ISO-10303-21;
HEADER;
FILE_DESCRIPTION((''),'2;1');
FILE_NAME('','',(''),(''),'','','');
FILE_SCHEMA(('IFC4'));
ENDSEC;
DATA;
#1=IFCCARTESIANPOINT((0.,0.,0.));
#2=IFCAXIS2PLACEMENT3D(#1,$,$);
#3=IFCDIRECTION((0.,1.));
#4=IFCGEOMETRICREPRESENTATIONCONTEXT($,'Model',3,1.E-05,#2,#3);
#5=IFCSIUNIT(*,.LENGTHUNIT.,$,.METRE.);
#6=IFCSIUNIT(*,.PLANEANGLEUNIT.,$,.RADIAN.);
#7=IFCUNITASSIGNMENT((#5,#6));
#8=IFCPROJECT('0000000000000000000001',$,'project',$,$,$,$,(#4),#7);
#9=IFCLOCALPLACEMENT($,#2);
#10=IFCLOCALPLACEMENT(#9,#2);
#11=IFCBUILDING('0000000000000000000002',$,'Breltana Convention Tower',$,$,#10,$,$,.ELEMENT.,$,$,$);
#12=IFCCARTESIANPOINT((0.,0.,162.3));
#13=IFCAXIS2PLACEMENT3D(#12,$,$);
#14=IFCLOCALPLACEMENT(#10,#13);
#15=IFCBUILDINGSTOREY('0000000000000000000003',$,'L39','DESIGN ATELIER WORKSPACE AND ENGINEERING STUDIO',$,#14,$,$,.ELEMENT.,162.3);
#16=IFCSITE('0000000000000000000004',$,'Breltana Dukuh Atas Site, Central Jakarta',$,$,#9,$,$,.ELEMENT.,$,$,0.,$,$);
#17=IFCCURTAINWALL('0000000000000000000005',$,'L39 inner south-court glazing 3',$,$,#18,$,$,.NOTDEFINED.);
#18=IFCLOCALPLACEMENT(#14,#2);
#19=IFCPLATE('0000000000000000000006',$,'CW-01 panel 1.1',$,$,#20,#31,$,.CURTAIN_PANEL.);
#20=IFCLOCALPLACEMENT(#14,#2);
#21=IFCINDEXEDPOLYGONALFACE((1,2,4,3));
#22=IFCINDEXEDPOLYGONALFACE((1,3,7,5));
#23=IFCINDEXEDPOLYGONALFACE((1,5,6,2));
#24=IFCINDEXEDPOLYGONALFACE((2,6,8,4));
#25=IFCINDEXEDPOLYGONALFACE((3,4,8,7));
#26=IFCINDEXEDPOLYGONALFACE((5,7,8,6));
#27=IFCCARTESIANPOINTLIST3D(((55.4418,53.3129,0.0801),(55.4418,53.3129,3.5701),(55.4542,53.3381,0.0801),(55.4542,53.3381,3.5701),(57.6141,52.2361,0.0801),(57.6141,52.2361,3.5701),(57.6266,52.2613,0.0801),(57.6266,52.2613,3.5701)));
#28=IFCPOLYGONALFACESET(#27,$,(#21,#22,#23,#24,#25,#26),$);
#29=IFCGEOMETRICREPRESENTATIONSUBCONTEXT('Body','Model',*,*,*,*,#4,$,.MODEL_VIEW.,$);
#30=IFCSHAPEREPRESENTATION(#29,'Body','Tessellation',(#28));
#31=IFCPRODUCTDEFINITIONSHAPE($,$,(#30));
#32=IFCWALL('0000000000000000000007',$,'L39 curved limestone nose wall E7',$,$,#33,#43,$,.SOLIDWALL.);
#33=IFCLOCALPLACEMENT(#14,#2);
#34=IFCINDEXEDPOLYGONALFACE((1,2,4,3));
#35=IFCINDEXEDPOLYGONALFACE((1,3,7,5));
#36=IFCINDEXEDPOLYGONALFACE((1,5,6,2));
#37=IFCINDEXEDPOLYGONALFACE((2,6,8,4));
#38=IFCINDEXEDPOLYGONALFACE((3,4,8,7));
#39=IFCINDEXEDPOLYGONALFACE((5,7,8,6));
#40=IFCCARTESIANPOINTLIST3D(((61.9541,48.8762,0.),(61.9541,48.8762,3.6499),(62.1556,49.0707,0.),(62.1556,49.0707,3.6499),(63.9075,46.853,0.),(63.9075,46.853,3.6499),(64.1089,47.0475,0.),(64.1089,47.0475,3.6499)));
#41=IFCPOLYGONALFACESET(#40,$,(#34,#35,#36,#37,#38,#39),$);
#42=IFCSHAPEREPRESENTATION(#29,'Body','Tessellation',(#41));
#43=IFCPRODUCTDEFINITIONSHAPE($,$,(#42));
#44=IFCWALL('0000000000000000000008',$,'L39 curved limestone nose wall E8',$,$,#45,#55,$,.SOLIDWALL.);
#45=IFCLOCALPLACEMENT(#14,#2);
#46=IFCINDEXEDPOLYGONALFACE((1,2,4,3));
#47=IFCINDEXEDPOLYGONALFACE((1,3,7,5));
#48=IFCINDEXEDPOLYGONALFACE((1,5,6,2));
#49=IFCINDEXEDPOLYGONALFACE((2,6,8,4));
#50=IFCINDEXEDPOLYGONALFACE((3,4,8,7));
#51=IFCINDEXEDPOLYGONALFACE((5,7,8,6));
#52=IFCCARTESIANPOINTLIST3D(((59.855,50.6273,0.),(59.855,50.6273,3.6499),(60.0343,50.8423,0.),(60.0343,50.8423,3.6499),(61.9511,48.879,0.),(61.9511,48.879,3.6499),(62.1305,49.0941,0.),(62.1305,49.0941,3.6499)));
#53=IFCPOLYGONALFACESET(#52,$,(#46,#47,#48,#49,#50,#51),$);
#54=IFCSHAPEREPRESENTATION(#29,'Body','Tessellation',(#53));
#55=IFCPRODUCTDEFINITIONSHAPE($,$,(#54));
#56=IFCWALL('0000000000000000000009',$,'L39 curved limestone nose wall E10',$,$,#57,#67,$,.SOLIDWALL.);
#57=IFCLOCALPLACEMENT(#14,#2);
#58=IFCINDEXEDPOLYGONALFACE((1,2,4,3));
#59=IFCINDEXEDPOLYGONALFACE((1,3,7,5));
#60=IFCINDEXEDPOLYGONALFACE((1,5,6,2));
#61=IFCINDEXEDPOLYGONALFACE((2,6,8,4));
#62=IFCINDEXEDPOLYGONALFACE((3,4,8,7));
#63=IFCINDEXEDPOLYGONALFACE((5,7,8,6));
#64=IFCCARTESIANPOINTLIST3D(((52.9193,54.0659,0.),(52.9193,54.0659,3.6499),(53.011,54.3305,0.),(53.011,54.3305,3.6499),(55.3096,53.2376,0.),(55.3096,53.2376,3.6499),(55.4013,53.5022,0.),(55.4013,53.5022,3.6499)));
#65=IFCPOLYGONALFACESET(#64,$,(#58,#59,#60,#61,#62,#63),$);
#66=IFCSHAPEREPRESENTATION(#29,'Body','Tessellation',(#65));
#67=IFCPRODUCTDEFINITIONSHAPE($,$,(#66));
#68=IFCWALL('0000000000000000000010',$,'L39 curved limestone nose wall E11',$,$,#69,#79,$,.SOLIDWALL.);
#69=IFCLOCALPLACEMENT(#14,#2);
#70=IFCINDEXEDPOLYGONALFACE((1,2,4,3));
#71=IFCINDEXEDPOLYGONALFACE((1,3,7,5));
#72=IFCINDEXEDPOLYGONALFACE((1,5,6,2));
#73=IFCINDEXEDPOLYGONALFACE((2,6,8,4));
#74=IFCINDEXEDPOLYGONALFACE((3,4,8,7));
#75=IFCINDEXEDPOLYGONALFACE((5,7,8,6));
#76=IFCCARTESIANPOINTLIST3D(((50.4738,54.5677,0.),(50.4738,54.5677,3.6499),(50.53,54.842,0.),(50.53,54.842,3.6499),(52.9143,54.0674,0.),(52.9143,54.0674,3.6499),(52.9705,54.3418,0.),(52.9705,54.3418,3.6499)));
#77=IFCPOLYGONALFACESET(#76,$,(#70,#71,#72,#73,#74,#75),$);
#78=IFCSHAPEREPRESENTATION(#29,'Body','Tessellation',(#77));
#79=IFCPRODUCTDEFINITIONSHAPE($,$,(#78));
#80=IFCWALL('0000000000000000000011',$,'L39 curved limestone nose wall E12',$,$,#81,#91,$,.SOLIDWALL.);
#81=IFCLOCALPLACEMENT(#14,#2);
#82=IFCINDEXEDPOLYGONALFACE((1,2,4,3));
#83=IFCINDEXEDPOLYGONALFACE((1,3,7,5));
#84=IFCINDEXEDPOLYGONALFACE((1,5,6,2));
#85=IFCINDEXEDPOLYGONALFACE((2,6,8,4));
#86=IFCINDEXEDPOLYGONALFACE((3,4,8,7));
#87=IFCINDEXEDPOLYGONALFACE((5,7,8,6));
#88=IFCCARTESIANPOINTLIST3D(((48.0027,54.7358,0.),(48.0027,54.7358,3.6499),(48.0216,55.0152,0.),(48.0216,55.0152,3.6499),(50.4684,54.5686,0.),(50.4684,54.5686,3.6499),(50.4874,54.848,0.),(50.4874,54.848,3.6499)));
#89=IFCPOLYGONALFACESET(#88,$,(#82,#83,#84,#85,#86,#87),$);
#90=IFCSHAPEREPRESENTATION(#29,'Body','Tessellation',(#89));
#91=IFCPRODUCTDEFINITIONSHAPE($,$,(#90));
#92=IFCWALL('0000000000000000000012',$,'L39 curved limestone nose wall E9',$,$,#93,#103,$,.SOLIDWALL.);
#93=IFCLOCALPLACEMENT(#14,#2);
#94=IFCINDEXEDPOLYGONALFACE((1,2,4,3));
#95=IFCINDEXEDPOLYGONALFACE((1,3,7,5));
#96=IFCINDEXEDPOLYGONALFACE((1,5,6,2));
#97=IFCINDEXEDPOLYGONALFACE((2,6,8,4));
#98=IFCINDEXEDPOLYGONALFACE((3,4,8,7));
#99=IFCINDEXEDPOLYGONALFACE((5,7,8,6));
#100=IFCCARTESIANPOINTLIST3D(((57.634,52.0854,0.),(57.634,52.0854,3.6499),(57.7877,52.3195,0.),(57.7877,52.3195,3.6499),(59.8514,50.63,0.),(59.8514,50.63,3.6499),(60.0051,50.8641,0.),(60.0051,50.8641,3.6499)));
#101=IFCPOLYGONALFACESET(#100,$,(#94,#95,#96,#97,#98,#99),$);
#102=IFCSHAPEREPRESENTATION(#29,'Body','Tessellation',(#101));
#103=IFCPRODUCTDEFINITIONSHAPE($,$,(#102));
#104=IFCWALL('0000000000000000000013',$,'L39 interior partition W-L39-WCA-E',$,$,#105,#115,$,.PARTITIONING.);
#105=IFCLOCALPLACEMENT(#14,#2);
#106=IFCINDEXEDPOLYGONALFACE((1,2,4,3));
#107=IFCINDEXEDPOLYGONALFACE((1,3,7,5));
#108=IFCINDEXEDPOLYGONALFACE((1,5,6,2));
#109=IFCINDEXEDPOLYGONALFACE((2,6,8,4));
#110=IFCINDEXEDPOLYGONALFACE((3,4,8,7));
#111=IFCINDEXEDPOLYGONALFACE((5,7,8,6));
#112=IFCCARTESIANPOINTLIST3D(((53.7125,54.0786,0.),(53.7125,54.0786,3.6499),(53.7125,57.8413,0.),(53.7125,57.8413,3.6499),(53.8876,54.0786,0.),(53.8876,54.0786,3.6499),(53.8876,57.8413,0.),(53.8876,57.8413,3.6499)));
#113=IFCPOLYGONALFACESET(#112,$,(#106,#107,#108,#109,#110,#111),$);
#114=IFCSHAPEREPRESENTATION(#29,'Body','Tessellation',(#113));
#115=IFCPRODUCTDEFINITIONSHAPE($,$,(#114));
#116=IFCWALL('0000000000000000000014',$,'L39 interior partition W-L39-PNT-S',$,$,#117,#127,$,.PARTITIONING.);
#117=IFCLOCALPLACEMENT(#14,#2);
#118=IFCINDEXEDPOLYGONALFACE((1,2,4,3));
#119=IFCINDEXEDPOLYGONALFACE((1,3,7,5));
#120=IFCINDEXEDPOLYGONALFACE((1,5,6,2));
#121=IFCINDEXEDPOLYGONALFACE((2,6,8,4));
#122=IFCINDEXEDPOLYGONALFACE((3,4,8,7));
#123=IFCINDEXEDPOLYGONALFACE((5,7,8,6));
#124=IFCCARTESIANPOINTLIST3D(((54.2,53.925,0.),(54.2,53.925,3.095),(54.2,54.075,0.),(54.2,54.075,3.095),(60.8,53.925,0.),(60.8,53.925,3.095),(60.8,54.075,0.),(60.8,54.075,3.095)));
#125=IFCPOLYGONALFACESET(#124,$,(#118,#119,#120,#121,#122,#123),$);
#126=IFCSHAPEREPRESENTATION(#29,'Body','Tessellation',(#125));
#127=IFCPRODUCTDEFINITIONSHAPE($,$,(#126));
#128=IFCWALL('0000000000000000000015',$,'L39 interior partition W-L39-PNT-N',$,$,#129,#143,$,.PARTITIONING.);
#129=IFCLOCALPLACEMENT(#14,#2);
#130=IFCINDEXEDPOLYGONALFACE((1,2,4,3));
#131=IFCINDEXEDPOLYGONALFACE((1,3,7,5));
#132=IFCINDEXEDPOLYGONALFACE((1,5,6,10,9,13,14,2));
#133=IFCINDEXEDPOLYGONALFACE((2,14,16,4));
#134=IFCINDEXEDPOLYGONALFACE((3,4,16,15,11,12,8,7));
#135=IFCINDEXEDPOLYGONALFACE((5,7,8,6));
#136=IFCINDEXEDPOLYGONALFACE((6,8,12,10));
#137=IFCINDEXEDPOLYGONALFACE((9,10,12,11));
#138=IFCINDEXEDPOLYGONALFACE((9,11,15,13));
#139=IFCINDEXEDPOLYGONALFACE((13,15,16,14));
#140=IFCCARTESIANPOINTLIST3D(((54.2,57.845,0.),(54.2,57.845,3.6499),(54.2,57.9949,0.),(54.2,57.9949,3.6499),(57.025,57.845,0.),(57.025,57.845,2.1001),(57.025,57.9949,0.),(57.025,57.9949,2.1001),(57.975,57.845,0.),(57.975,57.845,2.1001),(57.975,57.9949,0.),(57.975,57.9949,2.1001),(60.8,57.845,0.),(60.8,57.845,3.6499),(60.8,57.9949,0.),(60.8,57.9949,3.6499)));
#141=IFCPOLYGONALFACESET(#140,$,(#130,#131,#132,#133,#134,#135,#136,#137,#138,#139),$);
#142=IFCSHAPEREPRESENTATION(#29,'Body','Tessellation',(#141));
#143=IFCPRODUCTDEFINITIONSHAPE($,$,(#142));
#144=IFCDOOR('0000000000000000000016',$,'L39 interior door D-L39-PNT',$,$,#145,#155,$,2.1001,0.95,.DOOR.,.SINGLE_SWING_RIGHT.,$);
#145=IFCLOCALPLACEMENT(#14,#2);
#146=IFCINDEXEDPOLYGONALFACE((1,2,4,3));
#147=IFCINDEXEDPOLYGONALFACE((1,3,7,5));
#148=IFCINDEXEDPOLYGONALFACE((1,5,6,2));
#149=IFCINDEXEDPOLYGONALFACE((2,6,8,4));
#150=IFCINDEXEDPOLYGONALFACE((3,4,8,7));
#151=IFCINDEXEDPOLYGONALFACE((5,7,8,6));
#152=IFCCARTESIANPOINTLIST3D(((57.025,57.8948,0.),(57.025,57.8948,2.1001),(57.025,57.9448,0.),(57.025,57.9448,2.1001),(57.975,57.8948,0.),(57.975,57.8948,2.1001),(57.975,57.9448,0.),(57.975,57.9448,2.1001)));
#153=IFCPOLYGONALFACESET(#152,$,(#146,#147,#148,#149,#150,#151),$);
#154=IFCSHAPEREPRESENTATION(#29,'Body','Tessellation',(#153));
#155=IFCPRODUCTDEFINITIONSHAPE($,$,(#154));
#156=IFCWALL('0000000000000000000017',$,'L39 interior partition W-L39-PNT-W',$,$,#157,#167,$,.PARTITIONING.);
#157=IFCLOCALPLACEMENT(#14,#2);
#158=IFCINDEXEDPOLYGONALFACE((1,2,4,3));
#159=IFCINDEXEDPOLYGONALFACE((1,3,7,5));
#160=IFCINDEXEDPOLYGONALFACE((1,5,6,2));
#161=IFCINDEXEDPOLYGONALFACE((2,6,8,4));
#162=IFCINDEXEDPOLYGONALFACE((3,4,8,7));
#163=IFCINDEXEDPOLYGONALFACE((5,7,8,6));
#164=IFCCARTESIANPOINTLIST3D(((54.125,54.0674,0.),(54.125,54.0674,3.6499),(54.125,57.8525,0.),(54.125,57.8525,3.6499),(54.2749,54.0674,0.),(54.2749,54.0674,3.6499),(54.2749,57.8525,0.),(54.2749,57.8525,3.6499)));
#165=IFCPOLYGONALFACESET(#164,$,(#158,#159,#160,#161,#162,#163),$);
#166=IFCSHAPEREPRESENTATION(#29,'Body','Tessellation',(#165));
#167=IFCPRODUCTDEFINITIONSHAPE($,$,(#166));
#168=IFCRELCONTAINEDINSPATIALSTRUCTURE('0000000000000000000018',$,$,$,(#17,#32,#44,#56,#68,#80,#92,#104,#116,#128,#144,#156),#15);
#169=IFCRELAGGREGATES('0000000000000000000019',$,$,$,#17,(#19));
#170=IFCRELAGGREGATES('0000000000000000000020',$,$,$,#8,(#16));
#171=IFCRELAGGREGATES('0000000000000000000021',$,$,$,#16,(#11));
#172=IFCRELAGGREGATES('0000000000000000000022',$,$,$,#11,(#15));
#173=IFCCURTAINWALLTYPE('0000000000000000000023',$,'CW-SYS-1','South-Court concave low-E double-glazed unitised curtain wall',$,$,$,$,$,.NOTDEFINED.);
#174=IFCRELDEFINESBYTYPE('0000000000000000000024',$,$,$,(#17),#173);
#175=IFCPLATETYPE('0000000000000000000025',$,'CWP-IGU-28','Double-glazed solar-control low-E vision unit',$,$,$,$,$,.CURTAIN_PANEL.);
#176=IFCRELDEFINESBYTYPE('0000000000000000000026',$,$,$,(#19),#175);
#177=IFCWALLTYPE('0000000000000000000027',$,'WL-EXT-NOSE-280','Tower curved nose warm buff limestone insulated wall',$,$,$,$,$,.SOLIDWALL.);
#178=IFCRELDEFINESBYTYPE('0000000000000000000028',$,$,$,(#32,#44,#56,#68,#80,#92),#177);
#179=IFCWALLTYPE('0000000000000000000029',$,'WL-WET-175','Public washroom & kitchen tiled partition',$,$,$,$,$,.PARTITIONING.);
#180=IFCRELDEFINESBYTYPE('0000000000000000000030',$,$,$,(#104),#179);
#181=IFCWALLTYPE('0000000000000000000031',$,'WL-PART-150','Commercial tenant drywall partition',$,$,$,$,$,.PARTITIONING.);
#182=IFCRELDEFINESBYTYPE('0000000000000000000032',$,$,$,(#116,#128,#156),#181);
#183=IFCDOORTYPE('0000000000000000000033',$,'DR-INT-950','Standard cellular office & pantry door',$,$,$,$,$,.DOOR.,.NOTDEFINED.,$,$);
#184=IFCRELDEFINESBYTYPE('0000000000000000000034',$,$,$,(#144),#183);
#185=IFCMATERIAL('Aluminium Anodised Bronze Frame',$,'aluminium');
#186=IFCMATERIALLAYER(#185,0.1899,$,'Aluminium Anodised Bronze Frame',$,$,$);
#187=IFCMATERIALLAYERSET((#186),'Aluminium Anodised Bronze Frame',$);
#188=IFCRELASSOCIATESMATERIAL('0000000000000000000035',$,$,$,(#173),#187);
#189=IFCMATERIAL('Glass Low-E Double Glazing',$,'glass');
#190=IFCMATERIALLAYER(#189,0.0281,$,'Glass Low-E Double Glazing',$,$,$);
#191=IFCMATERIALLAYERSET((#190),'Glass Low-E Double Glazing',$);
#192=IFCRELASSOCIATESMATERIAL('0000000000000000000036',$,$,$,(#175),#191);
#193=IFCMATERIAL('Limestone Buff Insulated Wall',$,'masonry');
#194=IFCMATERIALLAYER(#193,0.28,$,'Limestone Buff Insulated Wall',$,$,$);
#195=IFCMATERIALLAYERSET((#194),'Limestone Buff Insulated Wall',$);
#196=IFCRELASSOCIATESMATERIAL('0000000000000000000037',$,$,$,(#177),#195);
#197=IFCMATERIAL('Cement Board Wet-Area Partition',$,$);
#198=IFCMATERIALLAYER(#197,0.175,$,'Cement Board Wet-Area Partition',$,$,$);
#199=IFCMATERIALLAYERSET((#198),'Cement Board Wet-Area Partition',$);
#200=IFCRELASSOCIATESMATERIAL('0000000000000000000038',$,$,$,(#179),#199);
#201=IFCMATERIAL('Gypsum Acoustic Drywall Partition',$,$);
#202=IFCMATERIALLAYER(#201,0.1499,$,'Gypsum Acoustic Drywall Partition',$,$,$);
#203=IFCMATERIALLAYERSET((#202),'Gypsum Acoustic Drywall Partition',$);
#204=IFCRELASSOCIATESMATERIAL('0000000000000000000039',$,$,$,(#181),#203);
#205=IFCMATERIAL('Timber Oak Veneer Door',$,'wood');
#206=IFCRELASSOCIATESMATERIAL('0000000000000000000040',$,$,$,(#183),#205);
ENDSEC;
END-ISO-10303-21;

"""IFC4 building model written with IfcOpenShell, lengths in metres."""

from ifc_helpers import new_model, si_unit, direction, frame, frame_2d, origin, origin_2d, place, context, subcontext, project, spatial, rectangle, extrude, source, transform, mapped, material, layer, layer_set, type_object, type_shapes, element, fill, aggregate, save


model = new_model("IFC4")

# Units and contexts
model_context = context("Model", 3, precision=1e-05, world=origin(), true_north=direction((0.0, 1.0)))
body_context = subcontext(model_context, "Body", "Model", "MODEL_VIEW")
ifc_project = project(units=[si_unit("LENGTHUNIT", "METRE"), si_unit("PLANEANGLEUNIT", "RADIAN")], contexts=[model_context])

# Site, building, storey
site_placement = place(None, origin())
site = spatial("IfcSite", under=ifc_project, at=site_placement, Name="Breltana Dukuh Atas Site, Central Jakarta", CompositionType="ELEMENT", RefElevation=0.0)
building_placement = place(site_placement, origin())
building = spatial("IfcBuilding", under=site, at=building_placement, Name="Breltana Convention Tower", CompositionType="ELEMENT")
storey_placement = place(building_placement, frame((0.0, 0.0, 162.3)))
storey = spatial("IfcBuildingStorey", under=building, at=storey_placement, Name="L39", Description="DESIGN ATELIER WORKSPACE AND ENGINEERING STUDIO", CompositionType="ELEMENT", Elevation=162.3)

# Shared definitions
ifc_material_1 = material(Name="Aluminium Anodised Bronze Frame", Category="aluminium")
ifc_layer_1 = layer(ifc_material_1, 0.1899, Name="Aluminium Anodised Bronze Frame")
ifc_layer_set_1 = layer_set([ifc_layer_1], Name="Aluminium Anodised Bronze Frame")
curtain_wall_type = type_object("IfcCurtainWallType", Name="CW-SYS-1", Description="South-Court concave low-E double-glazed unitised curtain wall", PredefinedType="NOTDEFINED", material=ifc_layer_set_1)

# Curtain wall
curtain_wall_1_placement = place(storey_placement, origin())
curtain_wall_1 = element("IfcCurtainWall", 1, at=curtain_wall_1_placement, inside=storey, type_object=curtain_wall_type, Name="L39 inner south-court glazing 3", PredefinedType="NOTDEFINED")

# Plate
ifc_material_2 = material(Name="Glass Low-E Double Glazing", Category="glass")
ifc_layer_2 = layer(ifc_material_2, 0.0281, Name="Glass Low-E Double Glazing")
ifc_layer_set_2 = layer_set([ifc_layer_2], Name="Glass Low-E Double Glazing")
plate_type = type_object("IfcPlateType", Name="CWP-IGU-28", Description="Double-glazed solar-control low-E vision unit", PredefinedType="CURTAIN_PANEL", material=ifc_layer_set_2)
shared_shape_1 = source(origin(), body_context, "Body", "SweptSolid", [
    extrude(rectangle(XDim=2.4246, YDim=0.0281, at=origin_2d()), origin(), (0.0, 0.0, 1.0), 3.49),
])
plate_1_placement = place(storey_placement, frame((56.5342, 52.7871, 0.0801), z_axis=(0.0, 0.0, 1.0), x_axis=(-0.89597, 0.444115, 0.0)))
plate_1 = element("IfcPlate", 2, at=plate_1_placement, type_object=plate_type, Name="CW-01 panel 1.1", PredefinedType="CURTAIN_PANEL", context=body_context, shape_type="MappedRepresentation", body=[
    mapped(shared_shape_1, transform((0.0, 0.0, 0.0), scale=1.0)),
])
aggregate(curtain_wall_1, [plate_1])

# Walls
ifc_material_3 = material(Name="Limestone Buff Insulated Wall", Category="masonry")
ifc_layer_3 = layer(ifc_material_3, 0.28, Name="Limestone Buff Insulated Wall")
ifc_layer_set_3 = layer_set([ifc_layer_3], Name="Limestone Buff Insulated Wall")
wall_type_1 = type_object("IfcWallType", Name="WL-EXT-NOSE-280", Description="Tower curved nose warm buff limestone insulated wall", PredefinedType="SOLIDWALL", material=ifc_layer_set_3)
shared_shape_2 = source(origin(), body_context, "Body", "SweptSolid", [
    extrude(rectangle(XDim=2.8123, YDim=0.28, at=frame_2d((1.4062, 0.0))), origin(), (0.0, 0.0, 1.0), 3.6499),
])
wall_1_placement = place(storey_placement, frame((64.0083, 46.9502, 0.0), z_axis=(0.0, 0.0, 1.0), x_axis=(-0.694584, 0.719412, 0.0)))
element("IfcWall", 3, at=wall_1_placement, inside=storey, type_object=wall_type_1, Name="L39 curved limestone nose wall E7", PredefinedType="SOLIDWALL", context=body_context, shape_type="MappedRepresentation", body=[
    mapped(shared_shape_2, transform((0.0, 0.0, 0.0), scale=1.0)),
])
shared_shape_3 = source(origin(), body_context, "Body", "SweptSolid", [
    extrude(rectangle(XDim=2.7295, YDim=0.28, at=frame_2d((1.3647, 0.0))), origin(), (0.0, 0.0, 1.0), 3.6499),
])
wall_2_placement = place(storey_placement, frame((62.0408, 48.9866, 0.0), z_axis=(0.0, 0.0, 1.0), x_axis=(-0.767957, 0.640501, 0.0)))
element("IfcWall", 4, at=wall_2_placement, inside=storey, type_object=wall_type_1, Name="L39 curved limestone nose wall E8", PredefinedType="SOLIDWALL", context=body_context, shape_type="MappedRepresentation", body=[
    mapped(shared_shape_3, transform((0.0, 0.0, 0.0), scale=1.0)),
])
shared_shape_4 = source(origin(), body_context, "Body", "SweptSolid", [
    extrude(rectangle(XDim=2.5298, YDim=0.28, at=frame_2d((1.2649, 0.0))), origin(), (0.0, 0.0, 1.0), 3.6499),
])
wall_3_placement = place(storey_placement, frame((55.3555, 53.3699, 0.0), z_axis=(0.0, 0.0, 1.0), x_axis=(-0.944872, 0.327439, 0.0)))
element("IfcWall", 5, at=wall_3_placement, inside=storey, type_object=wall_type_1, Name="L39 curved limestone nose wall E10", PredefinedType="SOLIDWALL", context=body_context, shape_type="MappedRepresentation", body=[
    mapped(shared_shape_4, transform((0.0, 0.0, 0.0), scale=1.0)),
])
shared_shape_5 = source(origin(), body_context, "Body", "SweptSolid", [
    extrude(rectangle(XDim=2.4912, YDim=0.28, at=frame_2d((1.2456, 0.0))), origin(), (0.0, 0.0, 1.0), 3.6499),
])
wall_4_placement = place(storey_placement, frame((52.9424, 54.2046, 0.0), z_axis=(0.0, 0.0, 1.0), x_axis=(-0.979631, 0.200807, 0.0)))
element("IfcWall", 6, at=wall_4_placement, inside=storey, type_object=wall_type_1, Name="L39 curved limestone nose wall E11", PredefinedType="SOLIDWALL", context=body_context, shape_type="MappedRepresentation", body=[
    mapped(shared_shape_5, transform((0.0, 0.0, 0.0), scale=1.0)),
])
shared_shape_6 = source(origin(), body_context, "Body", "SweptSolid", [
    extrude(rectangle(XDim=2.4714, YDim=0.28, at=frame_2d((1.2358, 0.0))), origin(), (0.0, 0.0, 1.0), 3.6499),
])
wall_5_placement = place(storey_placement, frame((50.478, 54.7083, 0.0), z_axis=(0.0, 0.0, 1.0), x_axis=(-0.997708, 0.067666, 0.0)))
element("IfcWall", 7, at=wall_5_placement, inside=storey, type_object=wall_type_1, Name="L39 curved limestone nose wall E12", PredefinedType="SOLIDWALL", context=body_context, shape_type="MappedRepresentation", body=[
    mapped(shared_shape_6, transform((0.0, 0.0, 0.0), scale=1.0)),
])
shared_shape_7 = source(origin(), body_context, "Body", "SweptSolid", [
    extrude(rectangle(XDim=2.6523, YDim=0.28, at=frame_2d((1.3262, 0.0))), origin(), (0.0, 0.0, 1.0), 3.6499),
])
wall_6_placement = place(storey_placement, frame((59.9282, 50.7471, 0.0), z_axis=(0.0, 0.0, 1.0), x_axis=(-0.836008, 0.548717, 0.0)))
element("IfcWall", 8, at=wall_6_placement, inside=storey, type_object=wall_type_1, Name="L39 curved limestone nose wall E9", PredefinedType="SOLIDWALL", context=body_context, shape_type="MappedRepresentation", body=[
    mapped(shared_shape_7, transform((0.0, 0.0, 0.0), scale=1.0)),
])
ifc_material_4 = material(Name="Cement Board Wet-Area Partition")
ifc_layer_4 = layer(ifc_material_4, 0.175, Name="Cement Board Wet-Area Partition")
ifc_layer_set_4 = layer_set([ifc_layer_4], Name="Cement Board Wet-Area Partition")
wall_type_2 = type_object("IfcWallType", Name="WL-WET-175", Description="Public washroom & kitchen tiled partition", PredefinedType="PARTITIONING", material=ifc_layer_set_4)
shared_shape_8 = source(origin(), body_context, "Body", "SweptSolid", [
    extrude(rectangle(XDim=3.7627, YDim=0.175, at=frame_2d((1.8813, 0.0))), origin(), (0.0, 0.0, 1.0), 3.6499),
])
wall_7_placement = place(storey_placement, frame((53.8, 54.0786, 0.0), z_axis=(0.0, 0.0, 1.0), x_axis=(0.0, 1.0, 0.0)))
element("IfcWall", 9, at=wall_7_placement, inside=storey, type_object=wall_type_2, Name="L39 interior partition W-L39-WCA-E", PredefinedType="PARTITIONING", context=body_context, shape_type="MappedRepresentation", body=[
    mapped(shared_shape_8, transform((0.0, 0.0, 0.0), scale=1.0)),
])

# Wall
ifc_material_5 = material(Name="Gypsum Acoustic Drywall Partition")
ifc_layer_5 = layer(ifc_material_5, 0.1499, Name="Gypsum Acoustic Drywall Partition")
ifc_layer_set_5 = layer_set([ifc_layer_5], Name="Gypsum Acoustic Drywall Partition")
wall_type_3 = type_object("IfcWallType", Name="WL-PART-150", Description="Commercial tenant drywall partition", PredefinedType="PARTITIONING", material=ifc_layer_set_5)
shared_shape_9 = source(origin(), body_context, "Body", "SweptSolid", [
    extrude(rectangle(XDim=6.6001, YDim=0.1499, at=frame_2d((3.3, 0.0))), origin(), (0.0, 0.0, 1.0), 3.095),
])
wall_8_placement = place(storey_placement, frame((54.2, 54.0, 0.0), z_axis=(0.0, 0.0, 1.0), x_axis=(1.0, 0.0, 0.0)))
element("IfcWall", 10, at=wall_8_placement, inside=storey, type_object=wall_type_3, Name="L39 interior partition W-L39-PNT-S", PredefinedType="PARTITIONING", context=body_context, shape_type="MappedRepresentation", body=[
    mapped(shared_shape_9, transform((0.0, 0.0, 0.0), scale=1.0)),
])

# Wall, opening, door
shared_shape_10 = source(origin(), body_context, "Body", "SweptSolid", [
    extrude(rectangle(XDim=6.6001, YDim=0.1499, at=frame_2d((3.3, 0.0))), origin(), (0.0, 0.0, 1.0), 3.6499),
])
wall_9_placement = place(storey_placement, frame((54.2, 57.9199, 0.0), z_axis=(0.0, 0.0, 1.0), x_axis=(1.0, 0.0, 0.0)))
wall_9 = element("IfcWall", 11, at=wall_9_placement, inside=storey, type_object=wall_type_3, Name="L39 interior partition W-L39-PNT-N", PredefinedType="PARTITIONING", context=body_context, shape_type="MappedRepresentation", body=[
    mapped(shared_shape_10, transform((0.0, 0.0, 0.0), scale=1.0)),
])
opening_1_placement = place(wall_9_placement, frame((2.825, 0.0, 0.0)))
opening_1 = element("IfcOpeningElement", 12, at=opening_1_placement, cuts=wall_9, PredefinedType="OPENING", context=body_context, shape_type="SweptSolid", body=[
    extrude(rectangle(XDim=0.95, YDim=2.1001, at=frame_2d((0.4751, 1.05))), frame((0.0, 0.085, 0.0), z_axis=(0.0, -1.0, 0.0), x_axis=(1.0, 0.0, 0.0)), (0.0, 0.0, 1.0), 0.1699),
])
ifc_material_6 = material(Name="Timber Oak Veneer Door", Category="wood")
door_type_1 = type_object("IfcDoorType", Name="DR-INT-950", Description="Standard cellular office & pantry door", OperationType="NOTDEFINED", PredefinedType="DOOR", material=ifc_material_6)
shared_shape_11 = source(origin(), body_context, "Body", "SweptSolid", [
    extrude(rectangle(XDim=0.95, YDim=2.1001, at=frame_2d((0.4751, 1.05))), frame((0.0, 0.0249, 0.0), z_axis=(0.0, -1.0, 0.0), x_axis=(1.0, 0.0, 0.0)), (0.0, 0.0, 1.0), 0.05),
])
type_shapes(door_type_1, [shared_shape_11])
door_1_placement = place(opening_1_placement, origin())
door_1 = element("IfcDoor", 13, at=door_1_placement, inside=storey, type_object=door_type_1, Name="L39 interior door D-L39-PNT", OperationType="SINGLE_SWING_RIGHT", OverallHeight=2.1001, OverallWidth=0.95, PredefinedType="DOOR", context=body_context, shape_type="MappedRepresentation", body=[
    mapped(shared_shape_11, transform((0.0, 0.0, 0.0), scale=1.0)),
])
fill(opening_1, door_1)

# Wall
shared_shape_12 = source(origin(), body_context, "Body", "SweptSolid", [
    extrude(rectangle(XDim=3.7852, YDim=0.1499, at=frame_2d((1.8926, 0.0))), origin(), (0.0, 0.0, 1.0), 3.6499),
])
for number, where, z_axis, x_axis, name in (
    (14, (54.2, 54.0674, 0.0), (0.0, 0.0, 1.0), (0.0, 1.0, 0.0), "L39 interior partition W-L39-PNT-W"),
):
    element("IfcWall", number, at=place(storey_placement, frame(where, z_axis=z_axis, x_axis=x_axis)), inside=storey, type_object=wall_type_3, Name=name, PredefinedType="PARTITIONING", context=body_context, shape_type="MappedRepresentation", body=[
        mapped(shared_shape_12, transform((0.0, 0.0, 0.0), scale=1.0)),
    ])

save(model, "model.ifc")
